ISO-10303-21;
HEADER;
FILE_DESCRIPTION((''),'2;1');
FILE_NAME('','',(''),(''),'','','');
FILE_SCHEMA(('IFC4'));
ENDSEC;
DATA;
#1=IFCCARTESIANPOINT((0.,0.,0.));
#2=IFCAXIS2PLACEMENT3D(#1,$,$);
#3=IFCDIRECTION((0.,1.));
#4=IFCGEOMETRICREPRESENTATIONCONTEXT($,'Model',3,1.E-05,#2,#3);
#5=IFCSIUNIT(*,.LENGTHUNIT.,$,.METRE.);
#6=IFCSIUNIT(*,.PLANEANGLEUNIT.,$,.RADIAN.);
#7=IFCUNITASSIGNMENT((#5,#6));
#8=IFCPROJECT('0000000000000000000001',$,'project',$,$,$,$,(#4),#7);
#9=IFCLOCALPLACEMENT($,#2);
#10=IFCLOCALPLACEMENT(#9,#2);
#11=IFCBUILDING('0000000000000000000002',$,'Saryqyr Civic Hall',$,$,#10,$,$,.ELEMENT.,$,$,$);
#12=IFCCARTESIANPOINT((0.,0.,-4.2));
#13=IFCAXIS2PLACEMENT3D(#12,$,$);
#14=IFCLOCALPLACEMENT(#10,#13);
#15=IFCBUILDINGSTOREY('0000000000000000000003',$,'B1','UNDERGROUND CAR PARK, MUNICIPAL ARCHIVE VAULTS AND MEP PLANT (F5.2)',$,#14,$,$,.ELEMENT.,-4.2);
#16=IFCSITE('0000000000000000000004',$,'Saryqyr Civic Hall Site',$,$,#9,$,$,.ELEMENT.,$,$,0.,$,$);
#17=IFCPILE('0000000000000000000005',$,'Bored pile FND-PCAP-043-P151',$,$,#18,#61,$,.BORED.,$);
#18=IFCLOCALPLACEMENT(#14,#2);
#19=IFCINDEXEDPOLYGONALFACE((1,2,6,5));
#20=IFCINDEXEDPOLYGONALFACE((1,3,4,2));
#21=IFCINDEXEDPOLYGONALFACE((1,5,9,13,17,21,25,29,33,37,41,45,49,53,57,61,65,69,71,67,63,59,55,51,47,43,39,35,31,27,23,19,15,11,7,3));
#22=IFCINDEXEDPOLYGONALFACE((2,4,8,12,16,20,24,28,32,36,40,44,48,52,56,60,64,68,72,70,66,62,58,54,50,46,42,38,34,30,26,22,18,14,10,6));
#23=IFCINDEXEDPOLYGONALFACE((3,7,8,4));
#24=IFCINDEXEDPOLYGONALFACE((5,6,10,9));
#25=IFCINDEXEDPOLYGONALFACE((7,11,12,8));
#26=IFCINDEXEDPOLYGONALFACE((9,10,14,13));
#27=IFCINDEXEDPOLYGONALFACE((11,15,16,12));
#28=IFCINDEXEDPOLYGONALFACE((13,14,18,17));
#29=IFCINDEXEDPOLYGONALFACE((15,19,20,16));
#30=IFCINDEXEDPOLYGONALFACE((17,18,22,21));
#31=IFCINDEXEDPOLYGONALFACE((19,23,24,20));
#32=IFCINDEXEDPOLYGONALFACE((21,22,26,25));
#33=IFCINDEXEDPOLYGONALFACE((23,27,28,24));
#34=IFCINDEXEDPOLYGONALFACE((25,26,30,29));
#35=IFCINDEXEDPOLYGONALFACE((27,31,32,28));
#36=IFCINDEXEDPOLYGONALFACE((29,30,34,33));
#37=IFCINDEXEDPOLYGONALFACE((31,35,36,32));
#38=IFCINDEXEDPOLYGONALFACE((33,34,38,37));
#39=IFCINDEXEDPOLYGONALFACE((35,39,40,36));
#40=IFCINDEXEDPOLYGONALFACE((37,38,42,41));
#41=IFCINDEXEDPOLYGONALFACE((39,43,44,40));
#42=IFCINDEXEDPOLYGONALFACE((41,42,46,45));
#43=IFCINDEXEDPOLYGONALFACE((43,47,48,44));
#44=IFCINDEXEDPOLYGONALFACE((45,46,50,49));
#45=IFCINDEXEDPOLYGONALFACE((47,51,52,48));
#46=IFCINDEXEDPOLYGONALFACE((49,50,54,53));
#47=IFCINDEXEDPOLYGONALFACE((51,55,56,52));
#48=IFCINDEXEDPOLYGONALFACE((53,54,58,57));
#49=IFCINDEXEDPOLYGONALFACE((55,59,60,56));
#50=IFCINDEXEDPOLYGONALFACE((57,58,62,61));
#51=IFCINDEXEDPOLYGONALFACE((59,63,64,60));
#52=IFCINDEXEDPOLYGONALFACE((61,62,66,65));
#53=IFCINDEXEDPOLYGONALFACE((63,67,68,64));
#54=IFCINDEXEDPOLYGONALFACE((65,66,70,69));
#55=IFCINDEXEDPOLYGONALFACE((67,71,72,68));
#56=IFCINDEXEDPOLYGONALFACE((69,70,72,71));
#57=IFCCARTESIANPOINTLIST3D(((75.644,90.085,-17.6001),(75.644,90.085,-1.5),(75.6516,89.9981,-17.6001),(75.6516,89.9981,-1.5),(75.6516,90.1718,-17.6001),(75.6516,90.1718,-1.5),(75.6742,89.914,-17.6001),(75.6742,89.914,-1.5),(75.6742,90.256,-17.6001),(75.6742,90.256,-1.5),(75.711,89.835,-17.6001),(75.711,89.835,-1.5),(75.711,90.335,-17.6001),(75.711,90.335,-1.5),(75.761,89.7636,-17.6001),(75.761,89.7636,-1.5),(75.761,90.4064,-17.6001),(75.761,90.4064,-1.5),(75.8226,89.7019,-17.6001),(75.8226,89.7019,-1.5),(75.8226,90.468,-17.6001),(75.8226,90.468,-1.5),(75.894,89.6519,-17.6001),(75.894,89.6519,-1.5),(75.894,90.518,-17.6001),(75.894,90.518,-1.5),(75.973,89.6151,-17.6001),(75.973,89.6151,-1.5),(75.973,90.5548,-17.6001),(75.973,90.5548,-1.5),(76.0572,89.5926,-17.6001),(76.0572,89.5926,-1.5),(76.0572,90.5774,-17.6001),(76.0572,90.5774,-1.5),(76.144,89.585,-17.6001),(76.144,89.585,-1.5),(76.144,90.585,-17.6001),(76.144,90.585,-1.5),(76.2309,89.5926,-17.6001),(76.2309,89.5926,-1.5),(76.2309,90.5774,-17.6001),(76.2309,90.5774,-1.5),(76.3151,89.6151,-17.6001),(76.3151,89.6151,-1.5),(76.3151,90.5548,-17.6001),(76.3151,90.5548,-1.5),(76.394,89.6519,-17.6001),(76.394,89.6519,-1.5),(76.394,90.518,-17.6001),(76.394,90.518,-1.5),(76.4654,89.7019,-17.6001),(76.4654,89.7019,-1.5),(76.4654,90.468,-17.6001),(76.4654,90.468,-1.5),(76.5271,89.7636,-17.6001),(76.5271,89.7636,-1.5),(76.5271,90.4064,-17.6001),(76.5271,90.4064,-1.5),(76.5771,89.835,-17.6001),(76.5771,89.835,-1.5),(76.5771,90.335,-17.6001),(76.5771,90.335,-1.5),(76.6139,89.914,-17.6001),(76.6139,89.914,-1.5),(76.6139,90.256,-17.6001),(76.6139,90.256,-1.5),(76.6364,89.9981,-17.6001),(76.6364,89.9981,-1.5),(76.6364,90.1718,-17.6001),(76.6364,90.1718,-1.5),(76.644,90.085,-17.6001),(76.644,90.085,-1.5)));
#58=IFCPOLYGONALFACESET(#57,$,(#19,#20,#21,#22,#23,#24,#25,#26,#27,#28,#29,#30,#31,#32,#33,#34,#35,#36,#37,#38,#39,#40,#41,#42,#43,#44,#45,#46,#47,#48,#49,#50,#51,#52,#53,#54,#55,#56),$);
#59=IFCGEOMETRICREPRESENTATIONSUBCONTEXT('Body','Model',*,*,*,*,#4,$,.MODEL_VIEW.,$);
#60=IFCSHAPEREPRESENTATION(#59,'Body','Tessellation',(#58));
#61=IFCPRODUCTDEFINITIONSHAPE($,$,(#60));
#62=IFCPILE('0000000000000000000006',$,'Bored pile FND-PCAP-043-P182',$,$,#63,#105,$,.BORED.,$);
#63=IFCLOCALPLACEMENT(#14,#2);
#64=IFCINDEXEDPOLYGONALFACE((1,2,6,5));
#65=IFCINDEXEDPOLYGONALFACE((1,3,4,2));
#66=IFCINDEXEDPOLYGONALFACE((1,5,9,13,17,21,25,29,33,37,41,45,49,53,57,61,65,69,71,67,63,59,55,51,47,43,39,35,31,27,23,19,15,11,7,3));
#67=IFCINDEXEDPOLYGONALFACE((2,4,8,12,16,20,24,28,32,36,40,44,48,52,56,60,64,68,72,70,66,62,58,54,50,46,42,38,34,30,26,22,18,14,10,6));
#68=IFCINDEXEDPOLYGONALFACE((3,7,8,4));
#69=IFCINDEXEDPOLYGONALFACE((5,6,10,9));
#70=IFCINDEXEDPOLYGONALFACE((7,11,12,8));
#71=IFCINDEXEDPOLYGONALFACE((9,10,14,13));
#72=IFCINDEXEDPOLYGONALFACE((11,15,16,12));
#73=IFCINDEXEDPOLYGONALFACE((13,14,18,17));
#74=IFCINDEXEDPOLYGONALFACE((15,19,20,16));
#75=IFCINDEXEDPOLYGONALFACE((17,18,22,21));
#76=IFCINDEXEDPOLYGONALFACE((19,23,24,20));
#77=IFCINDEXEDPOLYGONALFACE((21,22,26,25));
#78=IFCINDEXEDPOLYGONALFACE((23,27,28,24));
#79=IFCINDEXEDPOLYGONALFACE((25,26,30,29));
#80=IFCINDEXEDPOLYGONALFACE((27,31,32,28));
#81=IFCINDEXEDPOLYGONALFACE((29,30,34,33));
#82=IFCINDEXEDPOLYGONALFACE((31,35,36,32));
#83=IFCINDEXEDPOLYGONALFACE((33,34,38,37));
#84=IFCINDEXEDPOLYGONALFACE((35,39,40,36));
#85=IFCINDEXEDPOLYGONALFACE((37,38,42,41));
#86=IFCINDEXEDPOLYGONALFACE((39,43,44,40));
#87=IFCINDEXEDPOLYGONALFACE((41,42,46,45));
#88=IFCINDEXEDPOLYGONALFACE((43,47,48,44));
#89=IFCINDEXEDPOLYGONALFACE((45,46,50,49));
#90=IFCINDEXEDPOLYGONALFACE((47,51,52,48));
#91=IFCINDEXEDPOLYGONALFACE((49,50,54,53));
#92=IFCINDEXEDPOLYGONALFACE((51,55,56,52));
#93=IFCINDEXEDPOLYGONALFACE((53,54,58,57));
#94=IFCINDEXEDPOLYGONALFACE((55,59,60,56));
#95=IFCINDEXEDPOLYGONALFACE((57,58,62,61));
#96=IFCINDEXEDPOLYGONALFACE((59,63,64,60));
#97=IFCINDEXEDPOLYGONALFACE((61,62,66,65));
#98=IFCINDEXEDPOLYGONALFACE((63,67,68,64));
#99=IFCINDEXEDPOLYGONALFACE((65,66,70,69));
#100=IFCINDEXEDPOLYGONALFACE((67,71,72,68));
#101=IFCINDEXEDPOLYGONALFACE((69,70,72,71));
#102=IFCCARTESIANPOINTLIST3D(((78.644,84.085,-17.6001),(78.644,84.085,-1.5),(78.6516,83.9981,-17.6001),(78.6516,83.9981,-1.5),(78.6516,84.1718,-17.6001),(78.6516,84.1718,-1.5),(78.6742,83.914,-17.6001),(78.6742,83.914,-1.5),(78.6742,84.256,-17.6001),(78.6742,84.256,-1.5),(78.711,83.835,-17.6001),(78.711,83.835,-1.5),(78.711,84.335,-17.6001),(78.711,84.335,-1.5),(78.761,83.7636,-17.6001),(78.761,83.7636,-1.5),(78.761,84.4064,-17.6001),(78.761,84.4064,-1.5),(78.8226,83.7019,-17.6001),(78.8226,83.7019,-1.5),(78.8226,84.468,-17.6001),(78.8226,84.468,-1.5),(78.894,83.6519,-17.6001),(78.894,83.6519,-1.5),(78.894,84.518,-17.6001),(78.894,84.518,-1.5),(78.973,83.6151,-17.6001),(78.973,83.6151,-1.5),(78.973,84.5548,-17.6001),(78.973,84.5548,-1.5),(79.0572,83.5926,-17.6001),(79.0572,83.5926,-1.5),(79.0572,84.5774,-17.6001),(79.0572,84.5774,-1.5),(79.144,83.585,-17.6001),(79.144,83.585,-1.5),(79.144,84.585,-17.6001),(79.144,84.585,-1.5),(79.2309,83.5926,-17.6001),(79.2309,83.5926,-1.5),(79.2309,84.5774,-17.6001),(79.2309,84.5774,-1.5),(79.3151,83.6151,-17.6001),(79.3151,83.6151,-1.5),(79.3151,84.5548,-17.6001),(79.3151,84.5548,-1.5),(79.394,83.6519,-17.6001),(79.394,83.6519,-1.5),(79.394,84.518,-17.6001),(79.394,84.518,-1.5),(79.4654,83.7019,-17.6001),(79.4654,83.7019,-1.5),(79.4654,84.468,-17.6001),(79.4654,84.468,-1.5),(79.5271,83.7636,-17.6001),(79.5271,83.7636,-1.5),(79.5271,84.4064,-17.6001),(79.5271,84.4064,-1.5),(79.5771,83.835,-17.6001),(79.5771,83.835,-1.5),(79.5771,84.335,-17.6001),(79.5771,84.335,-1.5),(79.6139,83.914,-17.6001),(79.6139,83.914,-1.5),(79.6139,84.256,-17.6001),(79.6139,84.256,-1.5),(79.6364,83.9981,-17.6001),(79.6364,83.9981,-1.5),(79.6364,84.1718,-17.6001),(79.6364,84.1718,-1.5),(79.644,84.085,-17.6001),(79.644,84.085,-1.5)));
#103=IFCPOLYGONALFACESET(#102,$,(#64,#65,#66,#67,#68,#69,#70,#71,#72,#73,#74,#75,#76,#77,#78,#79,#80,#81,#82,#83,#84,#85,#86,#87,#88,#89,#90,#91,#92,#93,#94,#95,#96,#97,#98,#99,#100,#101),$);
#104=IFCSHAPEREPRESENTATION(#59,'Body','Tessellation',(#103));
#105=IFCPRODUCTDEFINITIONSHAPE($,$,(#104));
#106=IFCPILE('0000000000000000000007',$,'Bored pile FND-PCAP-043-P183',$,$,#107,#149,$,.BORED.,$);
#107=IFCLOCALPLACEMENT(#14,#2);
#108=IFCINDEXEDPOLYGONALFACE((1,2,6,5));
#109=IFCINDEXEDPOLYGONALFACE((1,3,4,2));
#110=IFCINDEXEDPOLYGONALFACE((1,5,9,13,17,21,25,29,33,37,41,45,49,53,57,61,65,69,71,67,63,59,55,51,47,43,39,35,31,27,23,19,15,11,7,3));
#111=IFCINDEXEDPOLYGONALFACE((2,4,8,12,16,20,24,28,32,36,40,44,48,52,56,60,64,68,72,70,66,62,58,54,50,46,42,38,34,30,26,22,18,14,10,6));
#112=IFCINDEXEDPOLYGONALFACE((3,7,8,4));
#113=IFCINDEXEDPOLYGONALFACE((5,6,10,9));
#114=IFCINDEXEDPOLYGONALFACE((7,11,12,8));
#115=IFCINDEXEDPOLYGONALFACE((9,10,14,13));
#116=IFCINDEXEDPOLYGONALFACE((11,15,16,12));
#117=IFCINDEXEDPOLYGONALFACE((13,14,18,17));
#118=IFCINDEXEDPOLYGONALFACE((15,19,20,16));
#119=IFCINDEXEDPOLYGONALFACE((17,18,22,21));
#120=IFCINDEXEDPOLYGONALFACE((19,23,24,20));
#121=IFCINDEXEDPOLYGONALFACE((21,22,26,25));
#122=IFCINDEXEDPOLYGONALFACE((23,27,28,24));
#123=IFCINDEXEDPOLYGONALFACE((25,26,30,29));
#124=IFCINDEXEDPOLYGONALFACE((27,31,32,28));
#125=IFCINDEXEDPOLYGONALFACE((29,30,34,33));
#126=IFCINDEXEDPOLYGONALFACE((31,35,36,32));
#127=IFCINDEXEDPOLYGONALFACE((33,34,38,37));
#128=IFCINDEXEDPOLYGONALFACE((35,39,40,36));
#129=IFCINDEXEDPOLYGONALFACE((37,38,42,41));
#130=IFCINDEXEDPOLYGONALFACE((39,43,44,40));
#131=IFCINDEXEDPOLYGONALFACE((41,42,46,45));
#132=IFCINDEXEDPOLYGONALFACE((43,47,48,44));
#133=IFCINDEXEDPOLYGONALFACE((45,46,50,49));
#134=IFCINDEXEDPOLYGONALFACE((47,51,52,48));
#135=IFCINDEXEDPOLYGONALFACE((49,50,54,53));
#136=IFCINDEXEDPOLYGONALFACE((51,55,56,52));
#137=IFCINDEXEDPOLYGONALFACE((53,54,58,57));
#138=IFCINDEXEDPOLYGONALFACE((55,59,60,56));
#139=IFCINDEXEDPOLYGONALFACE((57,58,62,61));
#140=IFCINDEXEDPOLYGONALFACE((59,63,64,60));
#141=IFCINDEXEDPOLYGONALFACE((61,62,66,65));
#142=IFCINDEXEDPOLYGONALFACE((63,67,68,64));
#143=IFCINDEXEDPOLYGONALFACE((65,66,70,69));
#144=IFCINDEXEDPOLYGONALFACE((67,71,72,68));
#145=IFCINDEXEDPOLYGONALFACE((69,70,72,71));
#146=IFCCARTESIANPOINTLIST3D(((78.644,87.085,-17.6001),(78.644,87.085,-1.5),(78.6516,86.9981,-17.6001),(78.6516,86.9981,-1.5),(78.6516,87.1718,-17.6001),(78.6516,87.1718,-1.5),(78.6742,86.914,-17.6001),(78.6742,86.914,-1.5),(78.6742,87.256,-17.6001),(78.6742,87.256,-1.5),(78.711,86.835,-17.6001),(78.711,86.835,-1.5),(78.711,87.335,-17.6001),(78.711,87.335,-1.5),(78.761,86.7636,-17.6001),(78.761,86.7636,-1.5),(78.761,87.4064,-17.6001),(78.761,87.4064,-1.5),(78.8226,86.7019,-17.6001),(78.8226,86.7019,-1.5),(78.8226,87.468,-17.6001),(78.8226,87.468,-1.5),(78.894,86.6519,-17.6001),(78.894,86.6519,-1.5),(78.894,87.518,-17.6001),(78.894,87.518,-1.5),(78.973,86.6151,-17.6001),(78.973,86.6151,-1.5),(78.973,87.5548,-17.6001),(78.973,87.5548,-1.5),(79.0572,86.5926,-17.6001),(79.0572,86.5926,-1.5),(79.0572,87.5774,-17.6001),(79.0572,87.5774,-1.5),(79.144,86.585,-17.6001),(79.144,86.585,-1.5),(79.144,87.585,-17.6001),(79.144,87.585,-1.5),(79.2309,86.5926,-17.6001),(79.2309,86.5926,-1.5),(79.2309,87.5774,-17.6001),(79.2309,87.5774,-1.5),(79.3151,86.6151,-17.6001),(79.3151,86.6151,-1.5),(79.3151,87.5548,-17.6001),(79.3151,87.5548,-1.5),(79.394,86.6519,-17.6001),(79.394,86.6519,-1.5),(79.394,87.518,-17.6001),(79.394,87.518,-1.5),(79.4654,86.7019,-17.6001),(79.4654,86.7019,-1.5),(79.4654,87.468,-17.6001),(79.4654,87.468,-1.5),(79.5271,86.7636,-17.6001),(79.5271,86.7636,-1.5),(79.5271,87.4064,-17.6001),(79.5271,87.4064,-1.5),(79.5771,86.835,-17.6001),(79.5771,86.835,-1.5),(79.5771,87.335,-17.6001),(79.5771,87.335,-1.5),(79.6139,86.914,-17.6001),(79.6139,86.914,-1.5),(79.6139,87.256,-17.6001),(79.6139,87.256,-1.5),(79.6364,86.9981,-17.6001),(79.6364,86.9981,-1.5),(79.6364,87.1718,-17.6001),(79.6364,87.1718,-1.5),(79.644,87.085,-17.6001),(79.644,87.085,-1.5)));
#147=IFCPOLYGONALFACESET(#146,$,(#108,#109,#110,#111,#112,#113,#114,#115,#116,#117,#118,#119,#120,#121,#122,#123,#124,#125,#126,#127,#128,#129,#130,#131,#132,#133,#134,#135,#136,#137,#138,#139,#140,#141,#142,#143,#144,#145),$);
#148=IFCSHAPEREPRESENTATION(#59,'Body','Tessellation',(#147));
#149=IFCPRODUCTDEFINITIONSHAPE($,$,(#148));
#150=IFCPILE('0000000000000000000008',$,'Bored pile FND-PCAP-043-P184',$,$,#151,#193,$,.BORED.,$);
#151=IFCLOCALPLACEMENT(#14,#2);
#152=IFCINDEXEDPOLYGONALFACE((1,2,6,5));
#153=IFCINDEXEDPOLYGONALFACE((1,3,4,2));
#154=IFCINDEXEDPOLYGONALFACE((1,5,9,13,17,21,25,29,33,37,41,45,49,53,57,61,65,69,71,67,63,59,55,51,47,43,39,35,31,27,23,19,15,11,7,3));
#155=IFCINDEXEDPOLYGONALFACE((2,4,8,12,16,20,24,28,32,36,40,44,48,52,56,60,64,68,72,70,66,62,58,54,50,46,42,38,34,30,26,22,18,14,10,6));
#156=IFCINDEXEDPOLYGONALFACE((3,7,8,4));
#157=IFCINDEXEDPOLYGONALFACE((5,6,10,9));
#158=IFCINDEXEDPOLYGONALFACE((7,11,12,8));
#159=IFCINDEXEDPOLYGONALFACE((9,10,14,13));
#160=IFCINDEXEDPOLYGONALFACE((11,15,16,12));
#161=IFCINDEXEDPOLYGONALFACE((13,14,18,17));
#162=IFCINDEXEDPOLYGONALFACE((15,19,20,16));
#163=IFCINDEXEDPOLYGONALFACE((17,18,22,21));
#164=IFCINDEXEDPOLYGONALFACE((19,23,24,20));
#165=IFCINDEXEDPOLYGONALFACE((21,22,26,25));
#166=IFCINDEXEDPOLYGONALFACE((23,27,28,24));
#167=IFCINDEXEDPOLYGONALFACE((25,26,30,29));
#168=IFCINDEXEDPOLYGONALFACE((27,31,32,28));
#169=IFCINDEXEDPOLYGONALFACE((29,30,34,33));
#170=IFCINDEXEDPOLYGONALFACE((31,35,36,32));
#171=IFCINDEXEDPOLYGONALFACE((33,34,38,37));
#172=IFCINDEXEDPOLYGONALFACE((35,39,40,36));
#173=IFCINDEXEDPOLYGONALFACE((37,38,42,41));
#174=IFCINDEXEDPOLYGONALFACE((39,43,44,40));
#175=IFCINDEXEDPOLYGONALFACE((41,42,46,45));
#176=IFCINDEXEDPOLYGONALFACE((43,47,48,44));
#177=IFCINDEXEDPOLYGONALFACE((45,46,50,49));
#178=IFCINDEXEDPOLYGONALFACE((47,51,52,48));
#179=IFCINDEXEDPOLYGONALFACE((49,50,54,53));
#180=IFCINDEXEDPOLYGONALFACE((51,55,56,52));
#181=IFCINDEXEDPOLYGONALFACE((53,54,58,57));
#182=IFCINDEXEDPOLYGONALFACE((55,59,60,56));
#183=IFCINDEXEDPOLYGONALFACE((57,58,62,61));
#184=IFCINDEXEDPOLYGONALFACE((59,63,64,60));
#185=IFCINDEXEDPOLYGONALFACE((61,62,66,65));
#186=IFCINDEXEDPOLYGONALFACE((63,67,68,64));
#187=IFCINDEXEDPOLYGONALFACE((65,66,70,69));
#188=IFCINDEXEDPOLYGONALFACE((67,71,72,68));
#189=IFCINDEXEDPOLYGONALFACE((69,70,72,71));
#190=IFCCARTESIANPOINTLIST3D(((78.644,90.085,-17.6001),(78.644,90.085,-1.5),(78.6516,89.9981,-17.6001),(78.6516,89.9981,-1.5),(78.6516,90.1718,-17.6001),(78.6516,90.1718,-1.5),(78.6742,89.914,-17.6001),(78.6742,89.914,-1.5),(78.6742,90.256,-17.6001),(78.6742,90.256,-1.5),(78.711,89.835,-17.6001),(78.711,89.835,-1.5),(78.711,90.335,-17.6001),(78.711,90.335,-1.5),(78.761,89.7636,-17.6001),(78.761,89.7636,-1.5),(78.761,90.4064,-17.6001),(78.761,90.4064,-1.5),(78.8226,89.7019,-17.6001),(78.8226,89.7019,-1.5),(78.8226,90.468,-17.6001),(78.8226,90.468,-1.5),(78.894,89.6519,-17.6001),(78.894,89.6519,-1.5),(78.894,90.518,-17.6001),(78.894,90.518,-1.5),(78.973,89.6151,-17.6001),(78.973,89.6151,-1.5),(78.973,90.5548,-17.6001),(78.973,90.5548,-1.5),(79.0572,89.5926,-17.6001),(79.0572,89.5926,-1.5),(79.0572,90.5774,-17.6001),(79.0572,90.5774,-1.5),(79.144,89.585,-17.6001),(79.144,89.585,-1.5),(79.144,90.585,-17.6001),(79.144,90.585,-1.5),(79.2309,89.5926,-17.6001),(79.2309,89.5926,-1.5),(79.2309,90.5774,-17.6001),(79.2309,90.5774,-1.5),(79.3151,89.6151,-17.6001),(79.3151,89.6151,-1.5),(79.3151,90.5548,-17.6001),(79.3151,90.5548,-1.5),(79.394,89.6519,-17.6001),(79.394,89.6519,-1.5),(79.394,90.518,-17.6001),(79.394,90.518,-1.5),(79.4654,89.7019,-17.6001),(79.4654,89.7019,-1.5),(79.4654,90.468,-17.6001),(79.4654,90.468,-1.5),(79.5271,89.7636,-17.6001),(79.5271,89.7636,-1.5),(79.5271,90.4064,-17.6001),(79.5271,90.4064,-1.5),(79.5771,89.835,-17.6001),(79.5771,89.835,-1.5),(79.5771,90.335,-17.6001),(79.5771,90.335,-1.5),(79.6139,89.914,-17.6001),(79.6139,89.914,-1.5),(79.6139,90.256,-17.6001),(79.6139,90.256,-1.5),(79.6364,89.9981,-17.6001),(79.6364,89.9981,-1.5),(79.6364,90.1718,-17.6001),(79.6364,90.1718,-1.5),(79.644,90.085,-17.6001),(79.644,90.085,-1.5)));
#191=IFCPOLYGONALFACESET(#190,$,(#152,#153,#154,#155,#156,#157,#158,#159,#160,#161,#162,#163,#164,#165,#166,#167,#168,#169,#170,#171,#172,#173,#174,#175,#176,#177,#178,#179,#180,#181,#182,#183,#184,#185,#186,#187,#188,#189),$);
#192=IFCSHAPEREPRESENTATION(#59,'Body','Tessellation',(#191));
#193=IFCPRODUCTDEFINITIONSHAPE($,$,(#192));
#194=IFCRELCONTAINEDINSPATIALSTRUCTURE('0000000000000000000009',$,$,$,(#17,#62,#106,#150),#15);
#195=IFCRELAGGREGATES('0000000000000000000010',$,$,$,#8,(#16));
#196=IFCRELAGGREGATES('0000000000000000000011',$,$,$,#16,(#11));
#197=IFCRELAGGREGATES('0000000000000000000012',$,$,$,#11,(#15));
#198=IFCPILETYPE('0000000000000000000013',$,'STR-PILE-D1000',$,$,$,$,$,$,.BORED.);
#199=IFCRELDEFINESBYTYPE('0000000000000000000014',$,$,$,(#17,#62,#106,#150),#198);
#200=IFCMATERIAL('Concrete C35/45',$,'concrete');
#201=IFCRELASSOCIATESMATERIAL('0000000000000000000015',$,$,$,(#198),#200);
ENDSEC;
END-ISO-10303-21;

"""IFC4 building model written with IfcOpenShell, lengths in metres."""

from ifc_helpers import new_model, si_unit, direction, frame, origin, origin_2d, place, context, subcontext, project, spatial, circle, extrude, material, material_profile, profile_set, type_object, element, save


model = new_model("IFC4")

# Units and contexts
model_context = context("Model", 3, precision=1e-05, world=origin(), true_north=direction((0.0, 1.0)))
body_context = subcontext(model_context, "Body", "Model", "MODEL_VIEW")
ifc_project = project(units=[si_unit("LENGTHUNIT", "METRE"), si_unit("PLANEANGLEUNIT", "RADIAN")], contexts=[model_context])

# Site, building, storey
site_placement = place(None, origin())
site = spatial("IfcSite", under=ifc_project, at=site_placement, Name="Saryqyr Civic Hall Site", CompositionType="ELEMENT", RefElevation=0.0)
building_placement = place(site_placement, origin())
building = spatial("IfcBuilding", under=site, at=building_placement, Name="Saryqyr Civic Hall", CompositionType="ELEMENT")
storey_placement = place(building_placement, frame((0.0, 0.0, -4.2)))
storey = spatial("IfcBuildingStorey", under=building, at=storey_placement, Name="B1", Description="UNDERGROUND CAR PARK, MUNICIPAL ARCHIVE VAULTS AND MEP PLANT (F5.2)", CompositionType="ELEMENT", Elevation=-4.2)

# Piles
ifc_material_1 = material(Name="Concrete C35/45", Category="concrete")
ifc_material_profile_1 = material_profile(ifc_material_1, circle(Radius=0.5, at=origin_2d()), Name="BORED PILE D1000")
ifc_profile_set_1 = profile_set([ifc_material_profile_1], Name="Concrete C35/45")
pile_type = type_object("IfcPileType", Name="STR-PILE-D1000", PredefinedType="BORED", material=ifc_profile_set_1)
for number, where, z_axis, x_axis, name in (
    (1, (76.144, 90.085, -1.5), (0.0, 0.0, -1.0), (1.0, 0.0, 0.0), "Bored pile FND-PCAP-043-P151"),
    (2, (79.144, 84.085, -1.5), (0.0, 0.0, -1.0), (1.0, 0.0, 0.0), "Bored pile FND-PCAP-043-P182"),
    (3, (79.144, 87.085, -1.5), (0.0, 0.0, -1.0), (1.0, 0.0, 0.0), "Bored pile FND-PCAP-043-P183"),
    (4, (79.144, 90.085, -1.5), (0.0, 0.0, -1.0), (1.0, 0.0, 0.0), "Bored pile FND-PCAP-043-P184"),
):
    element("IfcPile", number, at=place(storey_placement, frame(where, z_axis=z_axis, x_axis=x_axis)), inside=storey, type_object=pile_type, Name=name, PredefinedType="BORED", context=body_context, shape_type="SweptSolid", body=[
        extrude(circle(Radius=0.5, at=origin_2d()), origin(), (0.0, 0.0, 1.0), 16.1001),
    ])

save(model, "model.ifc")
